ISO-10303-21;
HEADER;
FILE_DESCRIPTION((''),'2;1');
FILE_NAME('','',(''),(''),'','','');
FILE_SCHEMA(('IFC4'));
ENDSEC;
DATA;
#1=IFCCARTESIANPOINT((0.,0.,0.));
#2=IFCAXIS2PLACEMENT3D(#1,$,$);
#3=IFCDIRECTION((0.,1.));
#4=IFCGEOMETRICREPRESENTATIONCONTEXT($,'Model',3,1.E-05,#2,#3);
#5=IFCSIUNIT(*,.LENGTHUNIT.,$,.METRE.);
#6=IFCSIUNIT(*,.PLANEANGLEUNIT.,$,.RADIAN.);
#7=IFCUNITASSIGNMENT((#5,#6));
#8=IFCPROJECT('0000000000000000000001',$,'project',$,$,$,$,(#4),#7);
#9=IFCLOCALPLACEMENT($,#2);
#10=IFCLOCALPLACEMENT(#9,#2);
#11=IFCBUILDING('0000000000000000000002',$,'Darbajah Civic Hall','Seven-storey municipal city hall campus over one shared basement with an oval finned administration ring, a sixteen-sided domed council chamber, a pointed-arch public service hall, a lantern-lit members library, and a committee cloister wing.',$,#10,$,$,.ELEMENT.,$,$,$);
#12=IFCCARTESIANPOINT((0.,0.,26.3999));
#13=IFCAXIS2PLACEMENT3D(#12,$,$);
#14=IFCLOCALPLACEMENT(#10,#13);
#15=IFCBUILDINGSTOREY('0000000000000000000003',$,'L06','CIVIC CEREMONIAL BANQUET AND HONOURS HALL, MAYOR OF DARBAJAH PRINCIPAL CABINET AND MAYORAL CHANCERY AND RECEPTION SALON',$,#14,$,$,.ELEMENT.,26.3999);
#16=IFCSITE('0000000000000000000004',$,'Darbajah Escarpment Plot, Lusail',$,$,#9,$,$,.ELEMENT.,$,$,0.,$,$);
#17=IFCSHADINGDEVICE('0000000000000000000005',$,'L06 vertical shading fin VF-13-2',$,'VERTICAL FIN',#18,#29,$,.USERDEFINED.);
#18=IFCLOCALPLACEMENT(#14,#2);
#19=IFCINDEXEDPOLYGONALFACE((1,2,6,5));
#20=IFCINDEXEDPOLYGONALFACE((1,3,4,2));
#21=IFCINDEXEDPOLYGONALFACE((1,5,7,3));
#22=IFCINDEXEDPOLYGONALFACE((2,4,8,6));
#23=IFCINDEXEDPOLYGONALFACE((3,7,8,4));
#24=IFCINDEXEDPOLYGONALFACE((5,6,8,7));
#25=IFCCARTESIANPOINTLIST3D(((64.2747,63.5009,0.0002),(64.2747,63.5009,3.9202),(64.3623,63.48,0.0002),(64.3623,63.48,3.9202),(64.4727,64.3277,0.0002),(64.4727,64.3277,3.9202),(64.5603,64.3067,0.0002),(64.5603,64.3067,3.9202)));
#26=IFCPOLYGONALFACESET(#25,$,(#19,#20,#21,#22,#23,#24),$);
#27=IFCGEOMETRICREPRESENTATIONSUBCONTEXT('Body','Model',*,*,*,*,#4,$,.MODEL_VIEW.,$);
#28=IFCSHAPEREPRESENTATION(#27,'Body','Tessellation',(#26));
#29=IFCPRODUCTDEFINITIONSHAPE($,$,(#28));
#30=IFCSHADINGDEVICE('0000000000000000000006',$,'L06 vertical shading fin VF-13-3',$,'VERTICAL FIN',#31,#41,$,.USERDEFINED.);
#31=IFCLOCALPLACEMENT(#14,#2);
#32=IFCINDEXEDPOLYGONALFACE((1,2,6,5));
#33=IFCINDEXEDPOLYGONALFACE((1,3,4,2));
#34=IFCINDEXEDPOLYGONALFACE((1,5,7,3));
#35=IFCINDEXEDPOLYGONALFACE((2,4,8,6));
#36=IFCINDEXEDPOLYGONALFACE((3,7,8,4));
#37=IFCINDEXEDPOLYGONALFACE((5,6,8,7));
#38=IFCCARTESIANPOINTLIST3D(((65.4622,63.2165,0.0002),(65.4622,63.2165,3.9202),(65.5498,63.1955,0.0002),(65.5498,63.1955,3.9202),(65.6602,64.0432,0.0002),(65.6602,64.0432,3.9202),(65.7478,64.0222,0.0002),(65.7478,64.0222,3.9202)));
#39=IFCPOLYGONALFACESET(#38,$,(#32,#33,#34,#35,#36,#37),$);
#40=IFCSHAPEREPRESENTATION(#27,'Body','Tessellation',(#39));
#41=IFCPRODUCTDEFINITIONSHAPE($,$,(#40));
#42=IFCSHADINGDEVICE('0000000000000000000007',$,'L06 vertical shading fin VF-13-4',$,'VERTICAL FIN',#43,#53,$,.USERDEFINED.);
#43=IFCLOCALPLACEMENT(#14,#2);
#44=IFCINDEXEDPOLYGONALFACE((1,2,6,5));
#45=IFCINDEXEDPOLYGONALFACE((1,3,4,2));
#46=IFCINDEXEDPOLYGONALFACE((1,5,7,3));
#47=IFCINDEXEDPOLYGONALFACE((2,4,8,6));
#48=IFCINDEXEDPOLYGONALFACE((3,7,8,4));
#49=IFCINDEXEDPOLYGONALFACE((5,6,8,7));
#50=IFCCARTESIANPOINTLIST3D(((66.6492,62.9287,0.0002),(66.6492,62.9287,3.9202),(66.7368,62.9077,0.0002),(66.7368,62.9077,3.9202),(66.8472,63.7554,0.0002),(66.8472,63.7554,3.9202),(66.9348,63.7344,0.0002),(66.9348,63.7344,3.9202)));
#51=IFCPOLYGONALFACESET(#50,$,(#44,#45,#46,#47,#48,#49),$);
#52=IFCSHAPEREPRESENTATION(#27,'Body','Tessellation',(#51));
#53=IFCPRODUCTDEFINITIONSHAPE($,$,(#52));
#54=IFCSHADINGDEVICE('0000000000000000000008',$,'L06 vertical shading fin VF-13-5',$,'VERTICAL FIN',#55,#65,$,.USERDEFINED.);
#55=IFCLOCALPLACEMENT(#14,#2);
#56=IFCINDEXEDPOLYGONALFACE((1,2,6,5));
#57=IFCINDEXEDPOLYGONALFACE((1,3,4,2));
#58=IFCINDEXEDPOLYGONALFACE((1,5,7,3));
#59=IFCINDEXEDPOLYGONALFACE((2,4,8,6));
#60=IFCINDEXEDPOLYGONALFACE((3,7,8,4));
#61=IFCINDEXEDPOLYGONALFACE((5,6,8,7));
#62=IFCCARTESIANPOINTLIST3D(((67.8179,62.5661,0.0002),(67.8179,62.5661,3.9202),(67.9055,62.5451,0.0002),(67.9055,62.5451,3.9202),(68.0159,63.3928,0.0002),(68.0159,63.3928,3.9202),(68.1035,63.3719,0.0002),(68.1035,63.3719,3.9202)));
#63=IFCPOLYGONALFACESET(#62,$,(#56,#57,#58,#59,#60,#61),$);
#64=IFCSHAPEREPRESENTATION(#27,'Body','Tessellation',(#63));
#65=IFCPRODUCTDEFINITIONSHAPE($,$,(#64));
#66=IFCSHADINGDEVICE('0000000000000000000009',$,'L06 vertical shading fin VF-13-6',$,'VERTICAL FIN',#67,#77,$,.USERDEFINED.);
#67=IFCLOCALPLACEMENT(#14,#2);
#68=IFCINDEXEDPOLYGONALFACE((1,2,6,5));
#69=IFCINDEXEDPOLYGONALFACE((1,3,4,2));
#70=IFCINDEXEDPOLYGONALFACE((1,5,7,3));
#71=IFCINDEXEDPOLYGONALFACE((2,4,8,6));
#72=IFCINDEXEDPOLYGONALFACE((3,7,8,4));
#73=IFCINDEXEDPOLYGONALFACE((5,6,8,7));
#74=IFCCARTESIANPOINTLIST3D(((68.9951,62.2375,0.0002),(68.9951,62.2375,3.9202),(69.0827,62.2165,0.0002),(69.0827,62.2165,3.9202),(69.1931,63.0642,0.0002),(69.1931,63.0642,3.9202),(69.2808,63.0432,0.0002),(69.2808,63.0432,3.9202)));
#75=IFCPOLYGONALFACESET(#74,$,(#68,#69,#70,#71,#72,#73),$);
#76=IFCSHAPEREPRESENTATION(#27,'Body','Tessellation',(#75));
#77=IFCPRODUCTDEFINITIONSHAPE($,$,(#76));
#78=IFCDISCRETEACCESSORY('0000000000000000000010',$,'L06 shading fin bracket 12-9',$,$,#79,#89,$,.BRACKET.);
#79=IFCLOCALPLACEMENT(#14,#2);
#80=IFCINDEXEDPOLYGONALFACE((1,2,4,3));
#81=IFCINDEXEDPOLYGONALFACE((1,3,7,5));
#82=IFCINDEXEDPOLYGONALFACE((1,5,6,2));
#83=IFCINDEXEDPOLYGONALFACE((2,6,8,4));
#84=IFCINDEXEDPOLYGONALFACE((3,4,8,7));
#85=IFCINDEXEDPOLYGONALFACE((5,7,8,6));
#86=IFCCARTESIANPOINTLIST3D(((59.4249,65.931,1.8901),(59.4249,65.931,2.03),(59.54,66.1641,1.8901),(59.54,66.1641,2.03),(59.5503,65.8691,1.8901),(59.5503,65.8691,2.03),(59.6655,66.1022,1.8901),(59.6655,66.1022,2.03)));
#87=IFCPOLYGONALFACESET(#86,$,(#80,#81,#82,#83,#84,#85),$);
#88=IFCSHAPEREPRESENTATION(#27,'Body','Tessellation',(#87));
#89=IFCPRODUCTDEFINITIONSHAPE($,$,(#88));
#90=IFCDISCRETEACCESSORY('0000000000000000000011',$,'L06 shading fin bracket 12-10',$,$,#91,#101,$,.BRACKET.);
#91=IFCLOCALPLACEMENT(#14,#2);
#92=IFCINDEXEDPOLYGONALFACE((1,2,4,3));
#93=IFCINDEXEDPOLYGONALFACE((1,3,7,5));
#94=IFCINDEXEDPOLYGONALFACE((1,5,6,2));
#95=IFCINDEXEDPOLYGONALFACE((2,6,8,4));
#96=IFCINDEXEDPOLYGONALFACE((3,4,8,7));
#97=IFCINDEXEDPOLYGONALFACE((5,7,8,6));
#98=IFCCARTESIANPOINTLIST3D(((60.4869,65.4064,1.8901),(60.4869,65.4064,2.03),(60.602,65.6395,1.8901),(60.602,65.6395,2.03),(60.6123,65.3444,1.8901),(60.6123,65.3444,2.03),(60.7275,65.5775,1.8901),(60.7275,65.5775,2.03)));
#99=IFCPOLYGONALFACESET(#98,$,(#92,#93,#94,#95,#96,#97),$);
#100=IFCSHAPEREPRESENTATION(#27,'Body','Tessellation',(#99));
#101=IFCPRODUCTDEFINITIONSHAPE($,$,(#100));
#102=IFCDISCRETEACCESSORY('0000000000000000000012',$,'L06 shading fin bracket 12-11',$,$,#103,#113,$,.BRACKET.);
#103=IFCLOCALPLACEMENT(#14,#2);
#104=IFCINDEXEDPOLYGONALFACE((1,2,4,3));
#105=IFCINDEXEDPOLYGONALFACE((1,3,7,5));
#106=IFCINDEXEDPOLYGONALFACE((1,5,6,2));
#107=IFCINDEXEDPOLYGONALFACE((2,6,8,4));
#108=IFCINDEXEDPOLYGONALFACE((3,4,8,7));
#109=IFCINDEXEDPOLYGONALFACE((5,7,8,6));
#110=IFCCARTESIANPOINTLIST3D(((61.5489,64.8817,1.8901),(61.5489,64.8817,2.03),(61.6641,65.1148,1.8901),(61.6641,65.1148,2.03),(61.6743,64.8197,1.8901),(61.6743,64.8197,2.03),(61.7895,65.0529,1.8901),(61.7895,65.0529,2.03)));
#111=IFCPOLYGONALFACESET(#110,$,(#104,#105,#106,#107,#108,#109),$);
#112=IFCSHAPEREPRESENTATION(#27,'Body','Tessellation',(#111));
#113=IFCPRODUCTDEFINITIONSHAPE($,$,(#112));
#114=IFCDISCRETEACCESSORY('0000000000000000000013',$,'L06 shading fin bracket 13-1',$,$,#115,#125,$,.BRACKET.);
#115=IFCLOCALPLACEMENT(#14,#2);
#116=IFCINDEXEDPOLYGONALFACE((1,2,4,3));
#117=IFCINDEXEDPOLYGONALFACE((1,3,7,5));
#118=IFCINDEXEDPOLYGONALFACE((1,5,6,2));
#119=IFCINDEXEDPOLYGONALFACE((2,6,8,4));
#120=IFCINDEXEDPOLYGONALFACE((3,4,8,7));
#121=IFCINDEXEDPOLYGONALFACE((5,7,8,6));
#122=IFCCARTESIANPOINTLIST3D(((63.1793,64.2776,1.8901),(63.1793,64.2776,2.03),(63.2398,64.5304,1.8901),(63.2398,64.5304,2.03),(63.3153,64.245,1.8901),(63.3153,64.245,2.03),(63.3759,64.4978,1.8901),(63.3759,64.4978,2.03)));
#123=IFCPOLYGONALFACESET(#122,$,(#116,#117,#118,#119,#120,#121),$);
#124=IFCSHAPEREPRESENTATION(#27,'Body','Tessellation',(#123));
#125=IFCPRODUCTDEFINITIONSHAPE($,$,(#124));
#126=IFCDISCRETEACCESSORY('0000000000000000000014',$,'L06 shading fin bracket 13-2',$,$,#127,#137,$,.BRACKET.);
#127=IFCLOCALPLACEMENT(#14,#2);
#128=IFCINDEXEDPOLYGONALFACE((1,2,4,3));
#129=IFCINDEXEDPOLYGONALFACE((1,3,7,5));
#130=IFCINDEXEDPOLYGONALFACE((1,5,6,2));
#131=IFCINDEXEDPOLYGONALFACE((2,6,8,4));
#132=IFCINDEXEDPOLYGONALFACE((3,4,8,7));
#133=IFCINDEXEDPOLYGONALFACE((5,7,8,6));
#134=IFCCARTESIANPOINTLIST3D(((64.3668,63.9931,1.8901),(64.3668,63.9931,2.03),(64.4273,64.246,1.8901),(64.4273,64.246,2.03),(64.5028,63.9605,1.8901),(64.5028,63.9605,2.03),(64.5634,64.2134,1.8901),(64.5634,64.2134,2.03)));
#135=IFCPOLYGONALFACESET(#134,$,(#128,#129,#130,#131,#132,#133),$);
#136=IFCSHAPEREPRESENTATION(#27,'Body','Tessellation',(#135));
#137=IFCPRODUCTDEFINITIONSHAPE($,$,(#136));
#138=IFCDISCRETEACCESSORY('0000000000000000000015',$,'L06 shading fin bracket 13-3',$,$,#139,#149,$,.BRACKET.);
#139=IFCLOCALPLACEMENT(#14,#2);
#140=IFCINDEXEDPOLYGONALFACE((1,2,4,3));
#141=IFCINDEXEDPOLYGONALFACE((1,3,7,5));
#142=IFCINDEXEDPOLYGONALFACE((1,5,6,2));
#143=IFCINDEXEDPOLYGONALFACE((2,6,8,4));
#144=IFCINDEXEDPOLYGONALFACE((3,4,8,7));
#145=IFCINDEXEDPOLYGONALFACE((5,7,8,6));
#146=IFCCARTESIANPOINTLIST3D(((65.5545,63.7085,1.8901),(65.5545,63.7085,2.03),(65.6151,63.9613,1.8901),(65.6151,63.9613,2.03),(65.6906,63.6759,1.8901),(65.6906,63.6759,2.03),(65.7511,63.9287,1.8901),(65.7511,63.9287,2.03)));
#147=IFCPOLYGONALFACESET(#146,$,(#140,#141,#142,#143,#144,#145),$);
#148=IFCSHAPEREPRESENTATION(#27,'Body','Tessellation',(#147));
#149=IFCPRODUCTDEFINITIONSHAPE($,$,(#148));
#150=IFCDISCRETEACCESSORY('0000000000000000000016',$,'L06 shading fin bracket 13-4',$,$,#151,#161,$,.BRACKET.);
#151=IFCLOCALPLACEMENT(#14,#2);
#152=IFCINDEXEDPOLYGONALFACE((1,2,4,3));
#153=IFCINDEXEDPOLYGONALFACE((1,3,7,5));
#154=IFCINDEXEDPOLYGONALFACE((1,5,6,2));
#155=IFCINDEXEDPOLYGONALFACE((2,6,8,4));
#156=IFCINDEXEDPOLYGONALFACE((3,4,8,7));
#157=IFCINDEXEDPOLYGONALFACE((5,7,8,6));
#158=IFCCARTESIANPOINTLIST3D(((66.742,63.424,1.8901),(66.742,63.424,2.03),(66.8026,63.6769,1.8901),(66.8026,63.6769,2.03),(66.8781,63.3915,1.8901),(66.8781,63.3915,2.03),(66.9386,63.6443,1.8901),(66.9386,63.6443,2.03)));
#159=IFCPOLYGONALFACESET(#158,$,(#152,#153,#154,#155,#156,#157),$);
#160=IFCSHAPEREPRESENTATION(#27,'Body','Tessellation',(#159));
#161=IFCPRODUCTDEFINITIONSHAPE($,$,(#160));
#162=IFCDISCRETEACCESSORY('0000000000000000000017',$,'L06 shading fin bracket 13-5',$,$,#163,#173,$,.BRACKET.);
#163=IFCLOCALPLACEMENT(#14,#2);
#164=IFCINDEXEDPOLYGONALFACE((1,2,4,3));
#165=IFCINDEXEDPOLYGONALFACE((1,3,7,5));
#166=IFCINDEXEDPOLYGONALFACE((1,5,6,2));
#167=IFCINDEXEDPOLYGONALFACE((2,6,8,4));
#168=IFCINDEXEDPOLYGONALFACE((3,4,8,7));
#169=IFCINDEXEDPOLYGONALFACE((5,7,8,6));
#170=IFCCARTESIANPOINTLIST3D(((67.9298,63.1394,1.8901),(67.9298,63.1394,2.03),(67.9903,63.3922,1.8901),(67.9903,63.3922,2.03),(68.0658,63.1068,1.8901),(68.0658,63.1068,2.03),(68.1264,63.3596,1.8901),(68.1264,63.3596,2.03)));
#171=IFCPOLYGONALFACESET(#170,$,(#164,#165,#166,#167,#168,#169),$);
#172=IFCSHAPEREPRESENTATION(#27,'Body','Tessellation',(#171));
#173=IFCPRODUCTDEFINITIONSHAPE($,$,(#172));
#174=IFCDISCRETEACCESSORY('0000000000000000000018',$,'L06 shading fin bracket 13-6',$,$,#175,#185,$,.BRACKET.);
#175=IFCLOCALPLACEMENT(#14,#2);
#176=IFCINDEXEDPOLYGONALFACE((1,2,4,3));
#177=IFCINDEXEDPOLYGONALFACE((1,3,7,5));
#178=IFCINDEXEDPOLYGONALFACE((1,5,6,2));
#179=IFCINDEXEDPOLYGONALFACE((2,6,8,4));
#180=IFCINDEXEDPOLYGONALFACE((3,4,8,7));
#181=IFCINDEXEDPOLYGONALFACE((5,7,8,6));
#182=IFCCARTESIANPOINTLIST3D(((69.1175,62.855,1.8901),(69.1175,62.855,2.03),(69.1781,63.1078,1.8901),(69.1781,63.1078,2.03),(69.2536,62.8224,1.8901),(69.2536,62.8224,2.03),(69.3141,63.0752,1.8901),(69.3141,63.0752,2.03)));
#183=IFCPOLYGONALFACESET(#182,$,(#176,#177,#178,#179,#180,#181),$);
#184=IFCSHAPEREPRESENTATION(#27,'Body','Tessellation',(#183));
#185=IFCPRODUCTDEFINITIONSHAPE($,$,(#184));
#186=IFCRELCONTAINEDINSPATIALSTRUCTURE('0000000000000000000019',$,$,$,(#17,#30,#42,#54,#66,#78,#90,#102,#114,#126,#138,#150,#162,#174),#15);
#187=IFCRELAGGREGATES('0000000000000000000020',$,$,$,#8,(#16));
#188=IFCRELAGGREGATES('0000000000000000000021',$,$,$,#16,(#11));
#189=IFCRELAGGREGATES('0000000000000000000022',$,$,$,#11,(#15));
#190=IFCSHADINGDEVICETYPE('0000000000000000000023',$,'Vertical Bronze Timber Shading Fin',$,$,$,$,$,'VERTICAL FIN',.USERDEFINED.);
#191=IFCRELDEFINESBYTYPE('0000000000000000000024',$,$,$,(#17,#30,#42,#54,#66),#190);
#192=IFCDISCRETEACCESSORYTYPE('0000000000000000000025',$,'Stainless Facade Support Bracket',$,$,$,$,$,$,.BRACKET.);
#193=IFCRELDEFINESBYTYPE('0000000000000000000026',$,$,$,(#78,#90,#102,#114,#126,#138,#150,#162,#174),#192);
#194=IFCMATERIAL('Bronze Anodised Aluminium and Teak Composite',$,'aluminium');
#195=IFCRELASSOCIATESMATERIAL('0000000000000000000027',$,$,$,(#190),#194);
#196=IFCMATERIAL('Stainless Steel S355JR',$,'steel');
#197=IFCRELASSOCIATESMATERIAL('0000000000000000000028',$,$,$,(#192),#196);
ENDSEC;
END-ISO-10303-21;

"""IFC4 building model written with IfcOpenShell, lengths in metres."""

from ifc_helpers import new_model, si_unit, direction, frame, origin, origin_2d, place, context, subcontext, project, spatial, rectangle, extrude, material, type_object, element, save


model = new_model("IFC4")

# Units and contexts
model_context = context("Model", 3, precision=1e-05, world=origin(), true_north=direction((0.0, 1.0)))
body_context = subcontext(model_context, "Body", "Model", "MODEL_VIEW")
ifc_project = project(units=[si_unit("LENGTHUNIT", "METRE"), si_unit("PLANEANGLEUNIT", "RADIAN")], contexts=[model_context])

# Site, building, storey
site_placement = place(None, origin())
site = spatial("IfcSite", under=ifc_project, at=site_placement, Name="Darbajah Escarpment Plot, Lusail", CompositionType="ELEMENT", RefElevation=0.0)
building_placement = place(site_placement, origin())
building = spatial("IfcBuilding", under=site, at=building_placement, Name="Darbajah Civic Hall", Description="Seven-storey municipal city hall campus over one shared basement with an oval finned administration ring, a sixteen-sided domed council chamber, a pointed-arch public service hall, a lantern-lit members library, and a committee cloister wing.", CompositionType="ELEMENT")
storey_placement = place(building_placement, frame((0.0, 0.0, 26.3999)))
storey = spatial("IfcBuildingStorey", under=building, at=storey_placement, Name="L06", Description="CIVIC CEREMONIAL BANQUET AND HONOURS HALL, MAYOR OF DARBAJAH PRINCIPAL CABINET AND MAYORAL CHANCERY AND RECEPTION SALON", CompositionType="ELEMENT", Elevation=26.3999)

# Shading devices
ifc_material_1 = material(Name="Bronze Anodised Aluminium and Teak Composite", Category="aluminium")
shading_device_type = type_object("IfcShadingDeviceType", Name="Vertical Bronze Timber Shading Fin", ElementType="VERTICAL FIN", PredefinedType="USERDEFINED", material=ifc_material_1)
for number, where, z_axis, x_axis, name in (
    (1, (64.4175, 63.9038, 0.0002), (0.0, 0.0, 1.0), (-0.232936, -0.972492, 0.0), "L06 vertical shading fin VF-13-2"),
    (2, (65.605, 63.6194, 0.0002), (0.0, 0.0, 1.0), (-0.232936, -0.972492, 0.0), "L06 vertical shading fin VF-13-3"),
    (3, (66.792, 63.3315, 0.0002), (0.0, 0.0, 1.0), (-0.232936, -0.972492, 0.0), "L06 vertical shading fin VF-13-4"),
    (4, (67.9607, 62.969, 0.0002), (0.0, 0.0, 1.0), (-0.232936, -0.972492, 0.0), "L06 vertical shading fin VF-13-5"),
    (5, (69.1379, 62.6404, 0.0002), (0.0, 0.0, 1.0), (-0.232936, -0.972492, 0.0), "L06 vertical shading fin VF-13-6"),
):
    element("IfcShadingDevice", number, at=place(storey_placement, frame(where, z_axis=z_axis, x_axis=x_axis)), inside=storey, type_object=shading_device_type, Name=name, ObjectType="VERTICAL FIN", PredefinedType="USERDEFINED", context=body_context, shape_type="SweptSolid", body=[
        extrude(rectangle(XDim=0.8501, YDim=0.0901, at=origin_2d()), origin(), (0.0, 0.0, 1.0), 3.9199),
    ])

# Discrete accessories
ifc_material_2 = material(Name="Stainless Steel S355JR", Category="steel")
discrete_accessory_type = type_object("IfcDiscreteAccessoryType", Name="Stainless Facade Support Bracket", PredefinedType="BRACKET", material=ifc_material_2)
for number, where, z_axis, x_axis, name in (
    (6, (59.5452, 66.0166, 1.8901), (0.0, 0.0, 1.0), (-0.442915, -0.896564, 0.0), "L06 shading fin bracket 12-9"),
    (7, (60.6072, 65.4919, 1.8901), (0.0, 0.0, 1.0), (-0.442915, -0.896564, 0.0), "L06 shading fin bracket 12-10"),
    (8, (61.6692, 64.9673, 1.8901), (0.0, 0.0, 1.0), (-0.442915, -0.896564, 0.0), "L06 shading fin bracket 12-11"),
    (9, (63.2776, 64.3877, 1.8901), (0.0, 0.0, 1.0), (-0.232936, -0.972492, 0.0), "L06 shading fin bracket 13-1"),
    (10, (64.4651, 64.1033, 1.8901), (0.0, 0.0, 1.0), (-0.232936, -0.972492, 0.0), "L06 shading fin bracket 13-2"),
    (11, (65.6528, 63.8186, 1.8901), (0.0, 0.0, 1.0), (-0.232936, -0.972492, 0.0), "L06 shading fin bracket 13-3"),
    (12, (66.8403, 63.5342, 1.8901), (0.0, 0.0, 1.0), (-0.232936, -0.972492, 0.0), "L06 shading fin bracket 13-4"),
    (13, (68.0281, 63.2495, 1.8901), (0.0, 0.0, 1.0), (-0.232936, -0.972492, 0.0), "L06 shading fin bracket 13-5"),
    (14, (69.2158, 62.9651, 1.8901), (0.0, 0.0, 1.0), (-0.232936, -0.972492, 0.0), "L06 shading fin bracket 13-6"),
):
    element("IfcDiscreteAccessory", number, at=place(storey_placement, frame(where, z_axis=z_axis, x_axis=x_axis)), inside=storey, type_object=discrete_accessory_type, Name=name, PredefinedType="BRACKET", context=body_context, shape_type="SweptSolid", body=[
        extrude(rectangle(XDim=0.26, YDim=0.1399, at=origin_2d()), origin(), (0.0, 0.0, 1.0), 0.1399),
    ])

save(model, "model.ifc")
